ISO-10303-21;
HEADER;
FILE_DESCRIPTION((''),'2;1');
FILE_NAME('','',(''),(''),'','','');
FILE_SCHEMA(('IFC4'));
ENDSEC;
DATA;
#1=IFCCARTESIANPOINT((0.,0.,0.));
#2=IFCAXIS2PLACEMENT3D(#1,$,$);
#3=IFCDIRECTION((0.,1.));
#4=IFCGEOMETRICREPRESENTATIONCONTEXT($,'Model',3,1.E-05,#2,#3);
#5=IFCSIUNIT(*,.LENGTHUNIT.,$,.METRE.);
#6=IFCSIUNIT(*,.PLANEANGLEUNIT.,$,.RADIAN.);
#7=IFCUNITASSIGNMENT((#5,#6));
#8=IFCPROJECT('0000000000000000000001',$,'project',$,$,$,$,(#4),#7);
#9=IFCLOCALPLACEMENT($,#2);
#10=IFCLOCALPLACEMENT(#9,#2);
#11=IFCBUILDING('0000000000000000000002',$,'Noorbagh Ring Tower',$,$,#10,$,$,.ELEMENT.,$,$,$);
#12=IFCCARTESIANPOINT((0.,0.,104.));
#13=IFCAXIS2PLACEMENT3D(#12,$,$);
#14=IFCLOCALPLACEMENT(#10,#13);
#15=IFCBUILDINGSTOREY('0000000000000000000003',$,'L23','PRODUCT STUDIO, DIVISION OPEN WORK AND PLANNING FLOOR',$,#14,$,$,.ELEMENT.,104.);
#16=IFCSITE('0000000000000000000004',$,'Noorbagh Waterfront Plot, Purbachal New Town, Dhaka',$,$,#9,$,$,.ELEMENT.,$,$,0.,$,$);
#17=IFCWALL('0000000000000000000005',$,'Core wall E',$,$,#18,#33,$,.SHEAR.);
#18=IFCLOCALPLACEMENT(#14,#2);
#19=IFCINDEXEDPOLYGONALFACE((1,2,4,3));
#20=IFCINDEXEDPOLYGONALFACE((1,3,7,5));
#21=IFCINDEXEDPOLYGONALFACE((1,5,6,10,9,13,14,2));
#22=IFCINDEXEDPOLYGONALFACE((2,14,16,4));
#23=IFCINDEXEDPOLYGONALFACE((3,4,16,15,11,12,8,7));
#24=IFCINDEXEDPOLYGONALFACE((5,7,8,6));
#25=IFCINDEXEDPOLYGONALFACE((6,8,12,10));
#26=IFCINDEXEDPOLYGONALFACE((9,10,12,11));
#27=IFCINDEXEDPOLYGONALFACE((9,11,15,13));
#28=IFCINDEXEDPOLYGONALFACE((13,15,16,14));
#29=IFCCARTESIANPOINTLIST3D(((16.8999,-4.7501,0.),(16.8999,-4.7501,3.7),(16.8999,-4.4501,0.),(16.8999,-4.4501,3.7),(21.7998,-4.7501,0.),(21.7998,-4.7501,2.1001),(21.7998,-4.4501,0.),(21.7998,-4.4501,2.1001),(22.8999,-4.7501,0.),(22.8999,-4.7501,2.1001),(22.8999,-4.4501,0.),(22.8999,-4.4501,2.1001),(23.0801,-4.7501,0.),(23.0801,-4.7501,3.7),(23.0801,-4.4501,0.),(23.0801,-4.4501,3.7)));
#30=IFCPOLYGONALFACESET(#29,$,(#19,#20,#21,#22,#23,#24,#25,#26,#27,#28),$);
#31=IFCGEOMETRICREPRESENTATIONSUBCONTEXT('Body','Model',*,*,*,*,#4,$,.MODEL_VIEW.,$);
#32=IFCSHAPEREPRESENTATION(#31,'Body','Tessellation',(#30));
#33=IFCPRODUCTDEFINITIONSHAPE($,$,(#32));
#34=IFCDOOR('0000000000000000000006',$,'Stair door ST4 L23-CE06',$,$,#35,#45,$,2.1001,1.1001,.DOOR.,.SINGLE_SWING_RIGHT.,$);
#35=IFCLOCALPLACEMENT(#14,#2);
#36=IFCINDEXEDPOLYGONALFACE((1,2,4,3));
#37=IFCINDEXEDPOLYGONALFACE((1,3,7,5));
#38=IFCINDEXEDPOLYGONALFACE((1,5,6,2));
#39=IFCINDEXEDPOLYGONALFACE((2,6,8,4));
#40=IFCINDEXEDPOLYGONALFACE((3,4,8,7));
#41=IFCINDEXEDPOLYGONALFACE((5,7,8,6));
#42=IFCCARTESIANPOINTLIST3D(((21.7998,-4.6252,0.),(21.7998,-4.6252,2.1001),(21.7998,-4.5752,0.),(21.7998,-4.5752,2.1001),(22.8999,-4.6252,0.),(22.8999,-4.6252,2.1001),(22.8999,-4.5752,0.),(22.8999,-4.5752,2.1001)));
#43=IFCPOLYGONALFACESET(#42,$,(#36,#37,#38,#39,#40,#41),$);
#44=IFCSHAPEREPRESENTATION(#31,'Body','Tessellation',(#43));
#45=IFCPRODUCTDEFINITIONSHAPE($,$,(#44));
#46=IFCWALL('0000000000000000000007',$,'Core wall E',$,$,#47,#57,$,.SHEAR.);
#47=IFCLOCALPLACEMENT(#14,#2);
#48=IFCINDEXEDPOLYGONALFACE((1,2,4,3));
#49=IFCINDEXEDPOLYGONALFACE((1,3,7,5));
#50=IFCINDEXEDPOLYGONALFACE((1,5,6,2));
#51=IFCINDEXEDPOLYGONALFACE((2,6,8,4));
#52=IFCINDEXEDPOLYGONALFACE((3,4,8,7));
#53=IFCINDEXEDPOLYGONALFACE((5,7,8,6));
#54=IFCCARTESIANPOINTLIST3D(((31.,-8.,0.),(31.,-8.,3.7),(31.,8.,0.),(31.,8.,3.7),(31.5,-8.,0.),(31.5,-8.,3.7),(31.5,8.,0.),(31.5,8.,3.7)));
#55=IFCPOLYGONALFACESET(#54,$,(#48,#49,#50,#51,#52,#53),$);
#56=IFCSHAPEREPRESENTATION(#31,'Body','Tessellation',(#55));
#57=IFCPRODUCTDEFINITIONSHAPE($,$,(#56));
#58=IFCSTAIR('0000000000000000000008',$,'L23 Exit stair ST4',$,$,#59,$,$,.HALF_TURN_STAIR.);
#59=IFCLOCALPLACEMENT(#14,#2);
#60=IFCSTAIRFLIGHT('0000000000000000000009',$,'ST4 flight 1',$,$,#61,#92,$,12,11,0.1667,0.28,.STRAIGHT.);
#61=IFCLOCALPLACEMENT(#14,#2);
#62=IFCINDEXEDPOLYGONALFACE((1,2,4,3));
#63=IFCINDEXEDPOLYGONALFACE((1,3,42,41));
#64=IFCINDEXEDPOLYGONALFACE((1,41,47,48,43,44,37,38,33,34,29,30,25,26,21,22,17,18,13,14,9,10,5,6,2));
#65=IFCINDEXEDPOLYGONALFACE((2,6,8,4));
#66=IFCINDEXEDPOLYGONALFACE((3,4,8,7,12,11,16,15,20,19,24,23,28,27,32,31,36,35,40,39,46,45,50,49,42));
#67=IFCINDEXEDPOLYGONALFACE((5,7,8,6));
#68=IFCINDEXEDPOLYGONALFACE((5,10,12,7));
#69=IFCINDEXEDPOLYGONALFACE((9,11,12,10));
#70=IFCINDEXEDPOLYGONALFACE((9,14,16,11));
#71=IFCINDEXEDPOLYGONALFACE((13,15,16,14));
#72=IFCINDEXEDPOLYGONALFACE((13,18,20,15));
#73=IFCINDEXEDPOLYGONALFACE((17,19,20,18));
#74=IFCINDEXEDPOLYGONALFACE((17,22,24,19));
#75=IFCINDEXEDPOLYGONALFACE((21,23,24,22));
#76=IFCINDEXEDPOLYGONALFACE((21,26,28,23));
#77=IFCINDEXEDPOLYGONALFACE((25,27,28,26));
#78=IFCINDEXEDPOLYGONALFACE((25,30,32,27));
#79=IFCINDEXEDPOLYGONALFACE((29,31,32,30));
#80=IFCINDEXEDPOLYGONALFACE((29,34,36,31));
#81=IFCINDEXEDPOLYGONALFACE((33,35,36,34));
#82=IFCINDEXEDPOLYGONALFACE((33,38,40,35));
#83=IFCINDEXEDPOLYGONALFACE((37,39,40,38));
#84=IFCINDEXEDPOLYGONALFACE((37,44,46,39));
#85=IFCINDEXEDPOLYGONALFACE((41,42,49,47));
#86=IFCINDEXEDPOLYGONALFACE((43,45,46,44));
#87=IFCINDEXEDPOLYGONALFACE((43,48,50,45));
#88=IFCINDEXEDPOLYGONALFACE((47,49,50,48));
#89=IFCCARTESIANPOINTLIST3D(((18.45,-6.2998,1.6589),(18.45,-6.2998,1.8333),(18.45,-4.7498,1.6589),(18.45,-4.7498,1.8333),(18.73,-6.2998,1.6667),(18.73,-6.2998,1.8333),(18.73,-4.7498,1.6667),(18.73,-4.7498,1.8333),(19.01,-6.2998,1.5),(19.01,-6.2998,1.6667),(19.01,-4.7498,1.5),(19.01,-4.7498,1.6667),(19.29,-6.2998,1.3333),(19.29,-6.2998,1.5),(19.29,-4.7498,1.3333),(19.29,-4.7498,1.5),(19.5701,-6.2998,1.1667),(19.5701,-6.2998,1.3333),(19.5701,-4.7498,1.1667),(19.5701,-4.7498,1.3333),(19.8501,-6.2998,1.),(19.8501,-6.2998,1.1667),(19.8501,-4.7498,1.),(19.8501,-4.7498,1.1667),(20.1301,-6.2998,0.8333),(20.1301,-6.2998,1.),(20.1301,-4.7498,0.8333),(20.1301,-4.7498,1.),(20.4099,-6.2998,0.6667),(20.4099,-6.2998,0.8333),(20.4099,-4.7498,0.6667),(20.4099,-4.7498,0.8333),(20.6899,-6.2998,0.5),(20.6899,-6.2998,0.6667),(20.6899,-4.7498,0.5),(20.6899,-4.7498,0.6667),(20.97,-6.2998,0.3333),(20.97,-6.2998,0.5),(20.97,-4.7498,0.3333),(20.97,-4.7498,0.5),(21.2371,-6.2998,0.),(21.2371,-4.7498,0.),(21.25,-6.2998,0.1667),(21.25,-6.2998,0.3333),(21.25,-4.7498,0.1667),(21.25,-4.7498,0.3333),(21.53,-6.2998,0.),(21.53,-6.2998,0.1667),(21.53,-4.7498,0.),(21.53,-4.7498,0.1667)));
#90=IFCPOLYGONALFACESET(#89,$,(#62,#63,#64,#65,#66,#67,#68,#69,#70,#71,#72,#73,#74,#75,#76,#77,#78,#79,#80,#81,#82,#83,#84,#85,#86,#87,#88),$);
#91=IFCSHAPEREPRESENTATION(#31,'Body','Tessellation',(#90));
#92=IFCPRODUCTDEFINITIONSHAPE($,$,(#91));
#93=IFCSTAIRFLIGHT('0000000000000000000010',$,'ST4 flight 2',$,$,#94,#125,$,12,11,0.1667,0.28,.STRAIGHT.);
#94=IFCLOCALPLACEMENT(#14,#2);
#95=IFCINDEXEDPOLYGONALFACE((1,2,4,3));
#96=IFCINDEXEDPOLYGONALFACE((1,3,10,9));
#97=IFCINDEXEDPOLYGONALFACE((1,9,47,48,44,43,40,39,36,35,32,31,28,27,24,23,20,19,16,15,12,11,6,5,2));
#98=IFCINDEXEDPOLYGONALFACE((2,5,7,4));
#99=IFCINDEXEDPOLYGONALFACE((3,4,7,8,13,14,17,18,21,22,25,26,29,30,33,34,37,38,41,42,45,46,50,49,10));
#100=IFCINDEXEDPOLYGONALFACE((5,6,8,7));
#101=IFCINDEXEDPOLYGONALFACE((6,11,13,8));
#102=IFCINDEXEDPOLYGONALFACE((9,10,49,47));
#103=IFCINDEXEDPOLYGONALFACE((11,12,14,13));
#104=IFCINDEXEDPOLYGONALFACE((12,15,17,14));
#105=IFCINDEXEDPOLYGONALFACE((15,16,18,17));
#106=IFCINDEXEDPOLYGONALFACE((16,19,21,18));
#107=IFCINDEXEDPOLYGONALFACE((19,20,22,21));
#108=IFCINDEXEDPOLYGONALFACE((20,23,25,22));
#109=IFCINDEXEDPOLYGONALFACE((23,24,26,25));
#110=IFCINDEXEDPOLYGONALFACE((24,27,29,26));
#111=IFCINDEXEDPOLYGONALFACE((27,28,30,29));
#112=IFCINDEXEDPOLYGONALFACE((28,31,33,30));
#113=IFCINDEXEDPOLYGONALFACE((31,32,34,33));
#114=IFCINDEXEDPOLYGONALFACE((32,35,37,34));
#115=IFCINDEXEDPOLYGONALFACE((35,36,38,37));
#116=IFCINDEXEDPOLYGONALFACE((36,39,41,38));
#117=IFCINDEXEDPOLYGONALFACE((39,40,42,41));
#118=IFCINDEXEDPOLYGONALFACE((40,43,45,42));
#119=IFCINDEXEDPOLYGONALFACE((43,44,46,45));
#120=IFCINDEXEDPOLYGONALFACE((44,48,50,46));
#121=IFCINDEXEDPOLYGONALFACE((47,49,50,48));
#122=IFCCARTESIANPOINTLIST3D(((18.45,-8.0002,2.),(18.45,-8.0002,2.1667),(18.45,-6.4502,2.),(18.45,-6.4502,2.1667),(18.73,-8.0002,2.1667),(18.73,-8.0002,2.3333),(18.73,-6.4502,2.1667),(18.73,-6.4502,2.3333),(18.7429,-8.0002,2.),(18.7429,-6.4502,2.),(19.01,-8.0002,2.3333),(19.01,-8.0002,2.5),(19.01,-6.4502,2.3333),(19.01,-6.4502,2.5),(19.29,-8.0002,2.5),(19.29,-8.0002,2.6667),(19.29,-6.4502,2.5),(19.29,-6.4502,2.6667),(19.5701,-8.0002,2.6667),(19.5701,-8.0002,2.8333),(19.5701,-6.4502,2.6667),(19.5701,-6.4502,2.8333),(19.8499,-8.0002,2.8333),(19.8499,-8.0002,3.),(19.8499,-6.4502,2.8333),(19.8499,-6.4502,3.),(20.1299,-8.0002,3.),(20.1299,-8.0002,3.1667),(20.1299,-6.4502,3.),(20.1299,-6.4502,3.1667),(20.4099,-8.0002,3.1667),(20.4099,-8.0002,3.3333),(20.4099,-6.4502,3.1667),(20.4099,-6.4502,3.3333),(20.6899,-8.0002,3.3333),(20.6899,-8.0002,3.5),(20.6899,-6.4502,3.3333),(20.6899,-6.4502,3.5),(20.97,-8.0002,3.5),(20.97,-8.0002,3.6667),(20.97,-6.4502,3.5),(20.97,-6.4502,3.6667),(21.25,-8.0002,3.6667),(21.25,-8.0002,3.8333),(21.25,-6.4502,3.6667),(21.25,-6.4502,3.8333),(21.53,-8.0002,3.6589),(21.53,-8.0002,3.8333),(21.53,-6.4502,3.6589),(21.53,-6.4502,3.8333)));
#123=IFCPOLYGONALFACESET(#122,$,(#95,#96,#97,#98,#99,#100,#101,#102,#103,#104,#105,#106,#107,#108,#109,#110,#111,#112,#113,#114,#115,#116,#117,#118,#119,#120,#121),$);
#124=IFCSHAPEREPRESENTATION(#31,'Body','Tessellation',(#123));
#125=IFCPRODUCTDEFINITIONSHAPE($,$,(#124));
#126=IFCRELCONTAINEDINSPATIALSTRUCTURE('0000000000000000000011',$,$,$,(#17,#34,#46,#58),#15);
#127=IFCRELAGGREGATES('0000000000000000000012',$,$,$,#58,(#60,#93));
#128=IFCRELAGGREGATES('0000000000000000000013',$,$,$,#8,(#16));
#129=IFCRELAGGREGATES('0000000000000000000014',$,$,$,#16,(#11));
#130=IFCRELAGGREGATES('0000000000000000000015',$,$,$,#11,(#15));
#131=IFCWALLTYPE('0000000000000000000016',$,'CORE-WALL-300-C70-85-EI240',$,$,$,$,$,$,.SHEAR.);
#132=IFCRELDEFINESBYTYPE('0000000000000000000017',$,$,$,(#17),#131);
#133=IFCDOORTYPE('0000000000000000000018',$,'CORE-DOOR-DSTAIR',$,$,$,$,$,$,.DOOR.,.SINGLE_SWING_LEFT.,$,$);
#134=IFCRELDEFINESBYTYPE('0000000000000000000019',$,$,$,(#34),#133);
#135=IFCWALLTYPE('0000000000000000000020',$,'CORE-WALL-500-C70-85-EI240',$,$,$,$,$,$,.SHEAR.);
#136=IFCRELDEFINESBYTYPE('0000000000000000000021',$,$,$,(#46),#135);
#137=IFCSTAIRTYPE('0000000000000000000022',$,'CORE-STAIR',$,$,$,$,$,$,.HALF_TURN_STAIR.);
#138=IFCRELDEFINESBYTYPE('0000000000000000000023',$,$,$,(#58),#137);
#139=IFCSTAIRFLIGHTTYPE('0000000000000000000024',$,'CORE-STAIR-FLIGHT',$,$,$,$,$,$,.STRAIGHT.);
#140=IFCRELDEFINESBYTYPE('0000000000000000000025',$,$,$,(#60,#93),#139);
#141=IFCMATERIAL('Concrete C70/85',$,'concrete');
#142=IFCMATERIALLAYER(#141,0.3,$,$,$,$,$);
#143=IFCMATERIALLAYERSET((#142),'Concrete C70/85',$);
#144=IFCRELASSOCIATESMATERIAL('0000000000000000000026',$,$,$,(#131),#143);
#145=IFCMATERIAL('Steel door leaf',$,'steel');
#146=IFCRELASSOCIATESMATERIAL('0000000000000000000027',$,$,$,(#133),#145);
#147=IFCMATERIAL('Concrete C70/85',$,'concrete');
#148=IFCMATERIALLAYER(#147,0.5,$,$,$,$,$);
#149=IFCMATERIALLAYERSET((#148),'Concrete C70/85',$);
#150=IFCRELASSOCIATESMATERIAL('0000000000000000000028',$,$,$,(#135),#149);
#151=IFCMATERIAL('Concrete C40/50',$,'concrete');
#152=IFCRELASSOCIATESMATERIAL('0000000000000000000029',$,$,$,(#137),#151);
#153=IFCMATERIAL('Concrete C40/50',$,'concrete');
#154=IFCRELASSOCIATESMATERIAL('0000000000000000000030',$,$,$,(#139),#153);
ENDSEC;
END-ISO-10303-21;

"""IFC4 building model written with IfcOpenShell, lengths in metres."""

from ifc_helpers import new_model, si_unit, direction, frame, frame_2d, origin, place, context, subcontext, project, spatial, polyline, rectangle, outline, extrude, material, layer, layer_set, type_object, element, fill, aggregate, save


model = new_model("IFC4")

# Units and contexts
model_context = context("Model", 3, precision=1e-05, world=origin(), true_north=direction((0.0, 1.0)))
body_context = subcontext(model_context, "Body", "Model", "MODEL_VIEW")
ifc_project = project(units=[si_unit("LENGTHUNIT", "METRE"), si_unit("PLANEANGLEUNIT", "RADIAN")], contexts=[model_context])

# Site, building, storey
site_placement = place(None, origin())
site = spatial("IfcSite", under=ifc_project, at=site_placement, Name="Noorbagh Waterfront Plot, Purbachal New Town, Dhaka", CompositionType="ELEMENT", RefElevation=0.0)
building_placement = place(site_placement, origin())
building = spatial("IfcBuilding", under=site, at=building_placement, Name="Noorbagh Ring Tower", CompositionType="ELEMENT")
storey_placement = place(building_placement, frame((0.0, 0.0, 104.0)))
storey = spatial("IfcBuildingStorey", under=building, at=storey_placement, Name="L23", Description="PRODUCT STUDIO, DIVISION OPEN WORK AND PLANNING FLOOR", CompositionType="ELEMENT", Elevation=104.0)

# Shared definitions
ifc_material_1 = material(Name="Concrete C70/85", Category="concrete")
ifc_layer_1 = layer(ifc_material_1, 0.3)
ifc_layer_set_1 = layer_set([ifc_layer_1], Name="Concrete C70/85")
wall_type_1 = type_object("IfcWallType", Name="CORE-WALL-300-C70-85-EI240", PredefinedType="SHEAR", material=ifc_layer_set_1)

# Wall, opening, door
wall_1_placement = place(storey_placement, frame((16.8999, -4.6001, 0.0), z_axis=(0.0, 0.0, 1.0), x_axis=(1.0, 0.0, 0.0)))
wall_1 = element("IfcWall", 1, at=wall_1_placement, inside=storey, type_object=wall_type_1, Name="Core wall E", PredefinedType="SHEAR", context=body_context, shape_type="SweptSolid", body=[
    extrude(rectangle(XDim=6.1802, YDim=0.3, at=frame_2d((3.0901, 0.0))), origin(), (0.0, 0.0, 1.0), 3.7),
])
opening_1_placement = place(wall_1_placement, frame((4.8999, 0.0, 0.0)))
opening_1 = element("IfcOpeningElement", 2, at=opening_1_placement, cuts=wall_1, PredefinedType="OPENING", context=body_context, shape_type="SweptSolid", body=[
    extrude(rectangle(XDim=1.1001, YDim=2.1001, at=frame_2d((0.55, 1.05))), frame((0.0, 0.1602, 0.0), z_axis=(0.0, -1.0, 0.0), x_axis=(1.0, 0.0, 0.0)), (0.0, 0.0, 1.0), 0.3201),
])
ifc_material_2 = material(Name="Steel door leaf", Category="steel")
door_type_1 = type_object("IfcDoorType", Name="CORE-DOOR-DSTAIR", OperationType="SINGLE_SWING_LEFT", PredefinedType="DOOR", material=ifc_material_2)
door_1_placement = place(opening_1_placement, origin())
door_1 = element("IfcDoor", 3, at=door_1_placement, inside=storey, type_object=door_type_1, Name="Stair door ST4 L23-CE06", OperationType="SINGLE_SWING_RIGHT", OverallHeight=2.1001, OverallWidth=1.1001, PredefinedType="DOOR", context=body_context, shape_type="SweptSolid", body=[
    extrude(rectangle(XDim=1.1001, YDim=2.1001, at=frame_2d((0.55, 1.05))), frame((0.0, 0.0249, 0.0), z_axis=(0.0, -1.0, 0.0), x_axis=(1.0, 0.0, 0.0)), (0.0, 0.0, 1.0), 0.05),
])
fill(opening_1, door_1)

# Wall
ifc_material_3 = material(Name="Concrete C70/85", Category="concrete")
ifc_layer_2 = layer(ifc_material_3, 0.5)
ifc_layer_set_2 = layer_set([ifc_layer_2], Name="Concrete C70/85")
wall_type_2 = type_object("IfcWallType", Name="CORE-WALL-500-C70-85-EI240", PredefinedType="SHEAR", material=ifc_layer_set_2)
wall_2_placement = place(storey_placement, frame((31.25, -8.0, 0.0), z_axis=(0.0, 0.0, 1.0), x_axis=(0.0, 1.0, 0.0)))
element("IfcWall", 4, at=wall_2_placement, inside=storey, type_object=wall_type_2, Name="Core wall E", PredefinedType="SHEAR", context=body_context, shape_type="SweptSolid", body=[
    extrude(rectangle(XDim=16.0, YDim=0.5, at=frame_2d((8.0, 0.0))), origin(), (0.0, 0.0, 1.0), 3.7),
])

# Stair, stair flights
ifc_material_4 = material(Name="Concrete C40/50", Category="concrete")
stair_type = type_object("IfcStairType", Name="CORE-STAIR", PredefinedType="HALF_TURN_STAIR", material=ifc_material_4)
stair_placement = place(storey_placement, origin())
stair = element("IfcStair", 5, at=stair_placement, inside=storey, type_object=stair_type, Name="L23 Exit stair ST4", PredefinedType="HALF_TURN_STAIR")
ifc_material_5 = material(Name="Concrete C40/50", Category="concrete")
stair_flight_type = type_object("IfcStairFlightType", Name="CORE-STAIR-FLIGHT", PredefinedType="STRAIGHT", material=ifc_material_5)
stair_flight_1_placement = place(storey_placement, frame((21.53, -5.5249, 0.0), z_axis=(0.0, 0.0, 1.0), x_axis=(-1.0, 0.0, 0.0)))
stair_flight_1 = element("IfcStairFlight", 6, at=stair_flight_1_placement, type_object=stair_flight_type, Name="ST4 flight 1", NumberOfRisers=12, NumberOfTreads=11, PredefinedType="STRAIGHT", RiserHeight=0.1667, TreadLength=0.28, context=body_context, shape_type="SweptSolid", body=[
    extrude(outline(polyline([(0.0, 0.0), (0.0, 0.1667), (0.28, 0.1667), (0.28, 0.3333), (0.5601, 0.3333), (0.5601, 0.5), (0.8401, 0.5), (0.8401, 0.6667), (1.1201, 0.6667), (1.1201, 0.8333), (1.3999, 0.8333), (1.3999, 1.0), (1.6799, 1.0), (1.6799, 1.1667), (1.96, 1.1667), (1.96, 1.3333), (2.24, 1.3333), (2.24, 1.5), (2.52, 1.5), (2.52, 1.6667), (2.8, 1.6667), (2.8, 1.8333), (3.0801, 1.8333), (3.0801, 2.0), (3.0801, 1.6589), (0.293, 0.0), (0.0, 0.0)])), frame((0.0, 0.7749, 0.0), z_axis=(0.0, -1.0, 0.0), x_axis=(1.0, 0.0, 0.0)), (0.0, 0.0, 1.0), 1.55),
])
stair_flight_2_placement = place(storey_placement, frame((18.45, -7.2251, 2.0), z_axis=(0.0, 0.0, 1.0), x_axis=(1.0, 0.0, 0.0)))
stair_flight_2 = element("IfcStairFlight", 7, at=stair_flight_2_placement, type_object=stair_flight_type, Name="ST4 flight 2", NumberOfRisers=12, NumberOfTreads=11, PredefinedType="STRAIGHT", RiserHeight=0.1667, TreadLength=0.28, context=body_context, shape_type="SweptSolid", body=[
    extrude(outline(polyline([(0.0, 0.0), (0.0, 0.1667), (0.28, 0.1667), (0.28, 0.3333), (0.5601, 0.3333), (0.5601, 0.5), (0.8401, 0.5), (0.8401, 0.6667), (1.1201, 0.6667), (1.1201, 0.8333), (1.3999, 0.8333), (1.3999, 1.0), (1.6799, 1.0), (1.6799, 1.1667), (1.96, 1.1667), (1.96, 1.3333), (2.24, 1.3333), (2.24, 1.5), (2.52, 1.5), (2.52, 1.6667), (2.8, 1.6667), (2.8, 1.8333), (3.0801, 1.8333), (3.0801, 2.0), (3.0801, 1.6589), (0.293, 0.0), (0.0, 0.0)])), frame((0.0, 0.7749, 0.0), z_axis=(0.0, -1.0, 0.0), x_axis=(1.0, 0.0, 0.0)), (0.0, 0.0, 1.0), 1.55),
])
aggregate(stair, [stair_flight_1, stair_flight_2])

save(model, "model.ifc")
